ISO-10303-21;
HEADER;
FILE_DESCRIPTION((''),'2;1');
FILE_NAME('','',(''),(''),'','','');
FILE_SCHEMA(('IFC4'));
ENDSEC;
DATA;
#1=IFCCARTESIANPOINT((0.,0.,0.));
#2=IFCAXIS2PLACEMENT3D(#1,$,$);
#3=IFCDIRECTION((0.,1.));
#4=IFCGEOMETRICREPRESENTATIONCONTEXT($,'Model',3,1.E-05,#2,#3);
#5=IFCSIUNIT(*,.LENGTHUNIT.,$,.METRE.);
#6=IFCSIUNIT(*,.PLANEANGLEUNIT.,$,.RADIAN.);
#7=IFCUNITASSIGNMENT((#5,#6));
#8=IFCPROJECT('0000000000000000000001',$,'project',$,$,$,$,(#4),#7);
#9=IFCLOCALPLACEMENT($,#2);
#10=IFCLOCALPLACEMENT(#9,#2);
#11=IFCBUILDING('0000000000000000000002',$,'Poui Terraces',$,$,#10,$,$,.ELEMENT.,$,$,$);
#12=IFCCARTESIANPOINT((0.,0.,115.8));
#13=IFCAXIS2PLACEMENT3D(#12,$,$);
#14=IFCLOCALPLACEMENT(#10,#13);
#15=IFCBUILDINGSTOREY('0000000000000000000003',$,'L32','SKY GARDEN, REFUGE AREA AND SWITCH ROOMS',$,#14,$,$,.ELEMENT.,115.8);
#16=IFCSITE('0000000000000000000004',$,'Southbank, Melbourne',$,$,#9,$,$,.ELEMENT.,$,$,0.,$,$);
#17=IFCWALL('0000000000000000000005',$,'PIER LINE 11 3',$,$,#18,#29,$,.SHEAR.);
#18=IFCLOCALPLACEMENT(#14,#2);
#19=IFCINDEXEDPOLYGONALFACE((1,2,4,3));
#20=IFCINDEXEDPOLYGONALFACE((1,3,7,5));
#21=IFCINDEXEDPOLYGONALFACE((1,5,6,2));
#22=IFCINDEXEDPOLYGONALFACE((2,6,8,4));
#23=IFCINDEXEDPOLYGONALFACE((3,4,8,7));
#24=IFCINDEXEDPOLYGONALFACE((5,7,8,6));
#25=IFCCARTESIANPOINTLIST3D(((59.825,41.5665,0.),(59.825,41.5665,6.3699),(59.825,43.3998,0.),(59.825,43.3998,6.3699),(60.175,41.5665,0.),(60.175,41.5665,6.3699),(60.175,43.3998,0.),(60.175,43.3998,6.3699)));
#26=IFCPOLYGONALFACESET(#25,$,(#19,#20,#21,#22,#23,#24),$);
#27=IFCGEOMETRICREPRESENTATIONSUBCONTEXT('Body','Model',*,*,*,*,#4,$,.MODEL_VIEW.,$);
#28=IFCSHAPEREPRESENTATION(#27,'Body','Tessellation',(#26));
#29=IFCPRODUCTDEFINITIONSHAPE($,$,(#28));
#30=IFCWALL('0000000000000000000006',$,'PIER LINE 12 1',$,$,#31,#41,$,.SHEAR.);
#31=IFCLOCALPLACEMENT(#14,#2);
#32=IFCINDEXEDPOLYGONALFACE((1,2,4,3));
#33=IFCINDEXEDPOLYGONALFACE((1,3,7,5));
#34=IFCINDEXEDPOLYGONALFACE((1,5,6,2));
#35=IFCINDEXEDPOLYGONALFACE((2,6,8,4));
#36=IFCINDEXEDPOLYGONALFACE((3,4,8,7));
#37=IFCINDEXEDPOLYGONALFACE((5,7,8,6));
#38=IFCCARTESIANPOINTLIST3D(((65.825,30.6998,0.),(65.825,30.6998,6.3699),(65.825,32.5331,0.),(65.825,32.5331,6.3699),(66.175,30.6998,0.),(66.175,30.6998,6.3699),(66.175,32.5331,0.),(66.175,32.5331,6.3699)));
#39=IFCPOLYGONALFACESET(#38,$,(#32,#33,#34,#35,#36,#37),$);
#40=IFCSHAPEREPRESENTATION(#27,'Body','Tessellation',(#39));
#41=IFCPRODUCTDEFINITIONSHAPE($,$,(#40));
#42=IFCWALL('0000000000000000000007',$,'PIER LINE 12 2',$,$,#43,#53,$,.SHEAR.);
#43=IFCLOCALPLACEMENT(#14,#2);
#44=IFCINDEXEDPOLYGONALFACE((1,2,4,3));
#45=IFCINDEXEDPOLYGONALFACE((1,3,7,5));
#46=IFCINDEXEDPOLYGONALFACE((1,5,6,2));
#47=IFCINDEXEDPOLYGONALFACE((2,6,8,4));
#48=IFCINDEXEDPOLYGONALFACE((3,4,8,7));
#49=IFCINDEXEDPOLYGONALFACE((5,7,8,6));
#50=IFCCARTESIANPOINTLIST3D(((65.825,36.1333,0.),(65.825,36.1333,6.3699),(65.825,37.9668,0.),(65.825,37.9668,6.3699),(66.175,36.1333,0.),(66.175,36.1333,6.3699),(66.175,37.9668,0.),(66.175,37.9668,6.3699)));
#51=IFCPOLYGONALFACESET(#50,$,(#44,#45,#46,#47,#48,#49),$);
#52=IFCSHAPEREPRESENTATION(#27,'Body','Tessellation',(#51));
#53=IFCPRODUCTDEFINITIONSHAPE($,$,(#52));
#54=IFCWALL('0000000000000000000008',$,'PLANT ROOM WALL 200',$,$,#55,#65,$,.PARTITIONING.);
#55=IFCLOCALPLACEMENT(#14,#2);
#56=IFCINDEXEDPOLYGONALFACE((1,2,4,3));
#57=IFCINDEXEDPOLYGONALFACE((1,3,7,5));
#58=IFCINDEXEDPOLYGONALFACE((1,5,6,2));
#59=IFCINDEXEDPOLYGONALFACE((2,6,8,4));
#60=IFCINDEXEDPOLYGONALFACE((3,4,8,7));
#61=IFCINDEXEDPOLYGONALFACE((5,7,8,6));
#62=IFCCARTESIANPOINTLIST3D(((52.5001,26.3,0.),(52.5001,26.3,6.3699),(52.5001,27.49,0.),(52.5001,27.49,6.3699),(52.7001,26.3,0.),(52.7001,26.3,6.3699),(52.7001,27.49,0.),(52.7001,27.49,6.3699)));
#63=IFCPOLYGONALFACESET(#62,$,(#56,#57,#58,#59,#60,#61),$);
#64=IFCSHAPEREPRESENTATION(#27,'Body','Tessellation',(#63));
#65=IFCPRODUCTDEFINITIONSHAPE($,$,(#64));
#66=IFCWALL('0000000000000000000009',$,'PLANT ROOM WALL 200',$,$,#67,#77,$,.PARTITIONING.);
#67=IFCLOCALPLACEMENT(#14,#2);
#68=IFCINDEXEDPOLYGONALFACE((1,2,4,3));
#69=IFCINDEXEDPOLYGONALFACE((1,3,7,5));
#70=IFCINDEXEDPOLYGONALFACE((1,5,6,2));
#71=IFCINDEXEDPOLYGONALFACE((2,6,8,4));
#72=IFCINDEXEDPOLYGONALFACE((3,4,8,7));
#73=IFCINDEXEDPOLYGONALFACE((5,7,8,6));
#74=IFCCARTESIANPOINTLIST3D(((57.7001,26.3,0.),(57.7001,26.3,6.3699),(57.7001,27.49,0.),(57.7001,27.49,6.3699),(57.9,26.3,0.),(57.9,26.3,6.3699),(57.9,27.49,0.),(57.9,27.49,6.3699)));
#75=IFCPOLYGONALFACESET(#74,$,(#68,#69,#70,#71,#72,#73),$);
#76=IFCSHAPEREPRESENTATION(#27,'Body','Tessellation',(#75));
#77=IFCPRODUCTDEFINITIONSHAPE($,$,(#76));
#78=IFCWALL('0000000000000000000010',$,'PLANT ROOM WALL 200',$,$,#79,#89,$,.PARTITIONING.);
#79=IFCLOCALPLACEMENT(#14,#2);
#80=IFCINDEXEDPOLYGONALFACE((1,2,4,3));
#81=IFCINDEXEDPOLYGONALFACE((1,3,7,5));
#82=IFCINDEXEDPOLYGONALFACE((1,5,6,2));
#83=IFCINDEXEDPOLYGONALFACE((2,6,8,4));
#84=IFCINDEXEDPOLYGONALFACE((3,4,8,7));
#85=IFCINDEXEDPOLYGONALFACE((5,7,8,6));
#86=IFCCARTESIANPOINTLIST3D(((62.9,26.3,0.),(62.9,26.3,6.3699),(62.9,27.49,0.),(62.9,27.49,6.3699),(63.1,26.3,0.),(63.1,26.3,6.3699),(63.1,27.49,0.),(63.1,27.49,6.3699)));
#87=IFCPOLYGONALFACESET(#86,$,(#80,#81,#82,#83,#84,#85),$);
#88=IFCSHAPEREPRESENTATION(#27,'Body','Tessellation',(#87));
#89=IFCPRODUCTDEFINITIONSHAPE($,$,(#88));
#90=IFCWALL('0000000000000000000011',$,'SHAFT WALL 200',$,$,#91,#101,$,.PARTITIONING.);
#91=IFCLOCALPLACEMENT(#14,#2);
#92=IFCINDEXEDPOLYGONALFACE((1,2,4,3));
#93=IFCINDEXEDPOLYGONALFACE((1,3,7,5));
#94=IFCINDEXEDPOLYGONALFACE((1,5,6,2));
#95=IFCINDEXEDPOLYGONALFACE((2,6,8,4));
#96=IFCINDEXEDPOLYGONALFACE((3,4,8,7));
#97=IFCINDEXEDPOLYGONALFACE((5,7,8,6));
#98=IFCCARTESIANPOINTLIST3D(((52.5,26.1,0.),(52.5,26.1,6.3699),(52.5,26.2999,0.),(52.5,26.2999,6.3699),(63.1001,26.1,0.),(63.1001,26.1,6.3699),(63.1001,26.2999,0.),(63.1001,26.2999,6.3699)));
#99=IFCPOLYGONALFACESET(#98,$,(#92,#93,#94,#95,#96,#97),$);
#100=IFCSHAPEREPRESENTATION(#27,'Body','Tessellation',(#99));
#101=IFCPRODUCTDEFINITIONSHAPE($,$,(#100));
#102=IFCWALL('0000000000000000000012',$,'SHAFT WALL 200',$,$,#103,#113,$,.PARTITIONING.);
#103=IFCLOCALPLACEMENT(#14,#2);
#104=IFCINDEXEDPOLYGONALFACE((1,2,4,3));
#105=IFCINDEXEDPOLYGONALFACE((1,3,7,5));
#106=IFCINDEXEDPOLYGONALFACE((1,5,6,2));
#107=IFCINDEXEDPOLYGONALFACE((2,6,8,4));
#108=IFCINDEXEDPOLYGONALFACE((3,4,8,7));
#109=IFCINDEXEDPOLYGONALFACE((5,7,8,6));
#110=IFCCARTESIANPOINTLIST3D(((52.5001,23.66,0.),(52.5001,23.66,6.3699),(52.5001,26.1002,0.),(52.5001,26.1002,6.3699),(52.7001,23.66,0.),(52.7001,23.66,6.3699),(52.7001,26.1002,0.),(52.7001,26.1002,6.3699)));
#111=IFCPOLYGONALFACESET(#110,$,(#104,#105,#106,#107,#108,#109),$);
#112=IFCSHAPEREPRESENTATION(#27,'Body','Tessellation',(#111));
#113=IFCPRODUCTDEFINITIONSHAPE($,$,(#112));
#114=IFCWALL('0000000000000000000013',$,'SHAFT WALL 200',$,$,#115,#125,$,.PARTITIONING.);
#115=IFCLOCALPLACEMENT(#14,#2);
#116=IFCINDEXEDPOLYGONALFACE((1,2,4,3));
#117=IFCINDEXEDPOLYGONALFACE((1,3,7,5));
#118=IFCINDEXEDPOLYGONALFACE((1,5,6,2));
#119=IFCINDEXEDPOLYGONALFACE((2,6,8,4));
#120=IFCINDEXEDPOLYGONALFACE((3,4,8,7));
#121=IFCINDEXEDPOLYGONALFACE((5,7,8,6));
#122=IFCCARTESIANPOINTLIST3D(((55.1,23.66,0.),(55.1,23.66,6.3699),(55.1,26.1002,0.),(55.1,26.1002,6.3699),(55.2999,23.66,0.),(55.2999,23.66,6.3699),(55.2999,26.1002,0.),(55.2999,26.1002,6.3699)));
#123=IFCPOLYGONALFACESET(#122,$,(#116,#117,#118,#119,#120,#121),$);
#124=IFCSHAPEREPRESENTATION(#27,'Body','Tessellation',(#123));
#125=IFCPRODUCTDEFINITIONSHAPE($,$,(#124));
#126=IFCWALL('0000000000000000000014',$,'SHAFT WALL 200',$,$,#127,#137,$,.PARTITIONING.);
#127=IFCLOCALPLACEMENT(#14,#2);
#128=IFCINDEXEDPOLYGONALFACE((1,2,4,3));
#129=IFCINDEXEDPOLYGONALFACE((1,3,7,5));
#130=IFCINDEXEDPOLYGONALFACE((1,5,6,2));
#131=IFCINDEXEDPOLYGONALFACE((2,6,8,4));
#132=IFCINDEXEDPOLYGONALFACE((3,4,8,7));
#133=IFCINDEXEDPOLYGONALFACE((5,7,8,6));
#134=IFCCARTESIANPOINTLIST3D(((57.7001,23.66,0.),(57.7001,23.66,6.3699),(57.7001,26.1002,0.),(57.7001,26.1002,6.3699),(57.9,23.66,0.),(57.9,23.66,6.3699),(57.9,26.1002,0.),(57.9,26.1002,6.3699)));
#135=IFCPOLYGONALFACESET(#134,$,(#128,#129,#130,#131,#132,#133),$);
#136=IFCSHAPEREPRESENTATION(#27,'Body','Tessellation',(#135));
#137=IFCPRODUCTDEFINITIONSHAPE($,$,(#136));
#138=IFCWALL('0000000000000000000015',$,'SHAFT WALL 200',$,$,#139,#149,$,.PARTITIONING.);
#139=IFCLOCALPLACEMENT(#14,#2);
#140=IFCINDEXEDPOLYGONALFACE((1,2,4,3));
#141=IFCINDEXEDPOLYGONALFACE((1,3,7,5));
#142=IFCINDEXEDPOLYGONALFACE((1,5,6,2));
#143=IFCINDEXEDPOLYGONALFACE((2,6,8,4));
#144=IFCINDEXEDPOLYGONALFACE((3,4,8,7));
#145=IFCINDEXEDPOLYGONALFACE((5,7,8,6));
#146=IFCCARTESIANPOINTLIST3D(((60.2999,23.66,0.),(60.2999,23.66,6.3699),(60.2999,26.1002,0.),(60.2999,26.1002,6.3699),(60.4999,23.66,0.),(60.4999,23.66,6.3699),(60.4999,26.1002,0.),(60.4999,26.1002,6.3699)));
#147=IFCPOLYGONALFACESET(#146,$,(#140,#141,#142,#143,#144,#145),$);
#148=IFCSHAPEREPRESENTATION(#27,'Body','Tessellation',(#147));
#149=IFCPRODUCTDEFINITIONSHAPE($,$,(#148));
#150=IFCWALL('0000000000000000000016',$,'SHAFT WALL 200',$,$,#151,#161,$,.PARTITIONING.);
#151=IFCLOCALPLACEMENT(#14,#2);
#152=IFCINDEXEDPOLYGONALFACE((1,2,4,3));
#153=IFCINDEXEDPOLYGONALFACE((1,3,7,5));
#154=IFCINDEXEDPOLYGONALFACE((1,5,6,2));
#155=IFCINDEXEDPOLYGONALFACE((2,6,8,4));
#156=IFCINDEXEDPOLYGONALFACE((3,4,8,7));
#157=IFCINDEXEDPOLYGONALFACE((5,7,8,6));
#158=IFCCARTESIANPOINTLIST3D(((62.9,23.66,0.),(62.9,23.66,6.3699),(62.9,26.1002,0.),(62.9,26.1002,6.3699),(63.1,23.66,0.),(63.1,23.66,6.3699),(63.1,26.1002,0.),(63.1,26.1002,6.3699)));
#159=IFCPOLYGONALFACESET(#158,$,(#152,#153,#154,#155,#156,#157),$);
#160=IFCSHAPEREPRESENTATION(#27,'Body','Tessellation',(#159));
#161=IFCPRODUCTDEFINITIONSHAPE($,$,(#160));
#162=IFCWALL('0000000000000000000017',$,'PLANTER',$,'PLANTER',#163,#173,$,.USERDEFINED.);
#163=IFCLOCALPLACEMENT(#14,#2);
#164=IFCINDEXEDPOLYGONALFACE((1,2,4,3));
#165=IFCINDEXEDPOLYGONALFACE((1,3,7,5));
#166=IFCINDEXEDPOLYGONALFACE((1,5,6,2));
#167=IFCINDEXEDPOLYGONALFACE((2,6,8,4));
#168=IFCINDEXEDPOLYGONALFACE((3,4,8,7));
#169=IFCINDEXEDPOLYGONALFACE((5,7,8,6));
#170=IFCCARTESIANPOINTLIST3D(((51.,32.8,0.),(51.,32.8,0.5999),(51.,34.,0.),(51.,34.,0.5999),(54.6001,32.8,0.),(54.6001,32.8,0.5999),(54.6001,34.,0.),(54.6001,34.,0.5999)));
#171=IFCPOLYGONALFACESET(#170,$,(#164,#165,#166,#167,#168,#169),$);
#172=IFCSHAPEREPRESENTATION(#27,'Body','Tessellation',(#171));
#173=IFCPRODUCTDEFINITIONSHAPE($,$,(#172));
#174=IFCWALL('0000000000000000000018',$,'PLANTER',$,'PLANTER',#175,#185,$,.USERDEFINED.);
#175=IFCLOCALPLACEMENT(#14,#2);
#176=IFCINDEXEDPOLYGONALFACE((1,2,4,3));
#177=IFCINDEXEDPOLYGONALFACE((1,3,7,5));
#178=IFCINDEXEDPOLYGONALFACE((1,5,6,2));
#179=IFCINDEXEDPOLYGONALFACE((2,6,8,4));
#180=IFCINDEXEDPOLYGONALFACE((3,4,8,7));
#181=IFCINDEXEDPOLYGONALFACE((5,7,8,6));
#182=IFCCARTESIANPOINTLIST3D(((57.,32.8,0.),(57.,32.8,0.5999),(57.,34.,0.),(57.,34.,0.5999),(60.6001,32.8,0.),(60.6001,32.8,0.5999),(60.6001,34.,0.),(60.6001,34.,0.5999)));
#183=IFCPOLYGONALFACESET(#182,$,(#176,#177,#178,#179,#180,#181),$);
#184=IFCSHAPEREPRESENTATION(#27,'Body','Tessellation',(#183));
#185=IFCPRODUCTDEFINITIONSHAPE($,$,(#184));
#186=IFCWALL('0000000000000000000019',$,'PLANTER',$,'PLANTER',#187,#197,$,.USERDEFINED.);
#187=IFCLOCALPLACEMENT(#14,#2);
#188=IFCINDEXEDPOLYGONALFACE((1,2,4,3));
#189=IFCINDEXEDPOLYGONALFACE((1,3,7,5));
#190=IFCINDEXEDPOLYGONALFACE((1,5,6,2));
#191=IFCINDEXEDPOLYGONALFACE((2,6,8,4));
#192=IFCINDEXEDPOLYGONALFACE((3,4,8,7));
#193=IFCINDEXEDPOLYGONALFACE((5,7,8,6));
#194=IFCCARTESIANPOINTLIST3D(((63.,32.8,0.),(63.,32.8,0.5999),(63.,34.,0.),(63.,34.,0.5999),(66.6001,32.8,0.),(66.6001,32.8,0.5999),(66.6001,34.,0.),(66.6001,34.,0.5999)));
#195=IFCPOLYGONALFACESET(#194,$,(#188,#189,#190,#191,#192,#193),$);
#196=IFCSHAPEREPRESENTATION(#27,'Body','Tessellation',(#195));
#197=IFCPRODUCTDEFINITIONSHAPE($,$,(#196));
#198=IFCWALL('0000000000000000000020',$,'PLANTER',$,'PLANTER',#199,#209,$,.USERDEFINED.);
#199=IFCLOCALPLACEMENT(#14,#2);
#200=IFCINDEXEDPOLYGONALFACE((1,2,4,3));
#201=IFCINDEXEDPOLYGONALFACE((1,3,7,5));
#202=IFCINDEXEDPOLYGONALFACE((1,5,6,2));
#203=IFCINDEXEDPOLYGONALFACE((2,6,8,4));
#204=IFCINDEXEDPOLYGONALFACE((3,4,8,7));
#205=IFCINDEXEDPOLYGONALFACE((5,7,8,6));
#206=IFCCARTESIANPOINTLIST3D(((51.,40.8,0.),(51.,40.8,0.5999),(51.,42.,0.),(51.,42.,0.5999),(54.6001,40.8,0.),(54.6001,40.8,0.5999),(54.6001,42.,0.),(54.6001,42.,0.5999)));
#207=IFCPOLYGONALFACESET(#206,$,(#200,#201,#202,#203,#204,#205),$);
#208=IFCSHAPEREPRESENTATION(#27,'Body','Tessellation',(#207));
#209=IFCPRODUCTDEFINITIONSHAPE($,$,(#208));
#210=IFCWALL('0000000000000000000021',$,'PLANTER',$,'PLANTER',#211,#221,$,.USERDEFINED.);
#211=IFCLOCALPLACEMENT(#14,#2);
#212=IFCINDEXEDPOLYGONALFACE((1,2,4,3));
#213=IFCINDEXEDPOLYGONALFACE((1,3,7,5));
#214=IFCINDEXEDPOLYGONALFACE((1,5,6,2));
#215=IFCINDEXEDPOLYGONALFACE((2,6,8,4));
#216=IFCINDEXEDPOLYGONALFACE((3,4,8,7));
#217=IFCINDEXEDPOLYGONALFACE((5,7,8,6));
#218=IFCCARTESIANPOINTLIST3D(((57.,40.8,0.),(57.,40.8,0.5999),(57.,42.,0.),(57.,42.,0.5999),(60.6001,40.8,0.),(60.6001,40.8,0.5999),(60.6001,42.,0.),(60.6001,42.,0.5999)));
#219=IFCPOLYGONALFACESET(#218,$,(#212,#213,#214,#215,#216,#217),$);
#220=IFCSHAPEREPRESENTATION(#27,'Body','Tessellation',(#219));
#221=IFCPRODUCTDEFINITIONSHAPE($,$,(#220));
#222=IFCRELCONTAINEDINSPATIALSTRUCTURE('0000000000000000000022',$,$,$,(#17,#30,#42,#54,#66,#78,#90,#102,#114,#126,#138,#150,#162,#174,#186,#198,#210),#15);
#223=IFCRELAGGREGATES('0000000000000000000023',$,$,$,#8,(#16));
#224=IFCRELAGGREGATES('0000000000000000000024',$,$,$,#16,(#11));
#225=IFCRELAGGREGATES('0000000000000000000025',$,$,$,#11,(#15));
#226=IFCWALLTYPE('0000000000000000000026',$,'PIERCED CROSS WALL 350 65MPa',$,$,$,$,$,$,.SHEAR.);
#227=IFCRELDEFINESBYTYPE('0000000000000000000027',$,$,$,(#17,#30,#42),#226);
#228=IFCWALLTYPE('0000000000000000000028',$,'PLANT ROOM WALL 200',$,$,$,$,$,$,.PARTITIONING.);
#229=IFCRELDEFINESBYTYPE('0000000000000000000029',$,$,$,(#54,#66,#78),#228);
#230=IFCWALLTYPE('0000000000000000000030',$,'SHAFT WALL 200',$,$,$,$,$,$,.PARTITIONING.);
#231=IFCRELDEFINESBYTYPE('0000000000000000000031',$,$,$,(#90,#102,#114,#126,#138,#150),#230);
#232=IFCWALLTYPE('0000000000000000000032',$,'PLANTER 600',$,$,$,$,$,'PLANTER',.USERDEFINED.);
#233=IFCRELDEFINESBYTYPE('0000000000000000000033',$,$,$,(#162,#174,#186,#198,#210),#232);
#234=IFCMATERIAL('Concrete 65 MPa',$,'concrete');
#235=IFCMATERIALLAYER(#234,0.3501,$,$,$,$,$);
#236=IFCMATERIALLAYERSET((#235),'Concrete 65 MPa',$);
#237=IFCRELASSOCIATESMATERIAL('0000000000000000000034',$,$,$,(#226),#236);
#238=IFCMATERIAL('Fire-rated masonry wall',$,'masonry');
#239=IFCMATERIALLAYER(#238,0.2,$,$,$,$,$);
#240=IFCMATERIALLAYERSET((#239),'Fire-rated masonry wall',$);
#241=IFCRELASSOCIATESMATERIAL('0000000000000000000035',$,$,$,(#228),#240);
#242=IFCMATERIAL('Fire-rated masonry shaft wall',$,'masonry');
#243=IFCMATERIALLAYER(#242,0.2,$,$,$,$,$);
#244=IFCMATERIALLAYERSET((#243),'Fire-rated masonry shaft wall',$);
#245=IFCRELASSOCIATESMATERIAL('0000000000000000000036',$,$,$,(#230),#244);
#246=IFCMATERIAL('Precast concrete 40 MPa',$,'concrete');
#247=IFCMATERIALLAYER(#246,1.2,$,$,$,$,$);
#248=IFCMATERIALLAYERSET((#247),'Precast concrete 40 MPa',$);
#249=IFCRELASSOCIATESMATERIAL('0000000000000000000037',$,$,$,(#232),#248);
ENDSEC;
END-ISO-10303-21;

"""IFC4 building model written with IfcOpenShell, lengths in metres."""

from ifc_helpers import new_model, si_unit, direction, frame, frame_2d, origin, place, context, subcontext, project, spatial, polyline, rectangle, outline, extrude, source, transform, mapped, material, layer, layer_set, type_object, element, save


model = new_model("IFC4")

# Units and contexts
model_context = context("Model", 3, precision=1e-05, world=origin(), true_north=direction((0.0, 1.0)))
body_context = subcontext(model_context, "Body", "Model", "MODEL_VIEW")
ifc_project = project(units=[si_unit("LENGTHUNIT", "METRE"), si_unit("PLANEANGLEUNIT", "RADIAN")], contexts=[model_context])

# Site, building, storey
site_placement = place(None, origin())
site = spatial("IfcSite", under=ifc_project, at=site_placement, Name="Southbank, Melbourne", CompositionType="ELEMENT", RefElevation=0.0)
building_placement = place(site_placement, origin())
building = spatial("IfcBuilding", under=site, at=building_placement, Name="Poui Terraces", CompositionType="ELEMENT")
storey_placement = place(building_placement, frame((0.0, 0.0, 115.8)))
storey = spatial("IfcBuildingStorey", under=building, at=storey_placement, Name="L32", Description="SKY GARDEN, REFUGE AREA AND SWITCH ROOMS", CompositionType="ELEMENT", Elevation=115.8)

# Shared definitions
ifc_material_1 = material(Name="Concrete 65 MPa", Category="concrete")

# Walls
ifc_layer_1 = layer(ifc_material_1, 0.3501)
ifc_layer_set_1 = layer_set([ifc_layer_1], Name="Concrete 65 MPa")
wall_type_1 = type_object("IfcWallType", Name="PIERCED CROSS WALL 350 65MPa", PredefinedType="SHEAR", material=ifc_layer_set_1)
for number, where, z_axis, x_axis, name in (
    (1, (60.0, 41.5667, 0.0), (0.0, 0.0, 1.0), (0.0, 1.0, 0.0), "PIER LINE 11 3"),
    (2, (66.0, 30.7, 0.0), (0.0, 0.0, 1.0), (0.0, 1.0, 0.0), "PIER LINE 12 1"),
):
    element("IfcWall", number, at=place(storey_placement, frame(where, z_axis=z_axis, x_axis=x_axis)), inside=storey, type_object=wall_type_1, Name=name, PredefinedType="SHEAR", context=body_context, shape_type="SweptSolid", body=[
        extrude(rectangle(XDim=1.8333, YDim=0.3501, at=frame_2d((0.9165, 0.0))), origin(), (0.0, 0.0, 1.0), 6.3699),
    ])
wall_1_placement = place(storey_placement, frame((66.0, 36.1333, 0.0), z_axis=(0.0, 0.0, 1.0), x_axis=(0.0, 1.0, 0.0)))
element("IfcWall", 3, at=wall_1_placement, inside=storey, type_object=wall_type_1, Name="PIER LINE 12 2", PredefinedType="SHEAR", context=body_context, shape_type="SweptSolid", body=[
    extrude(rectangle(XDim=1.8335, YDim=0.3501, at=frame_2d((0.9167, 0.0))), origin(), (0.0, 0.0, 1.0), 6.3699),
])
ifc_material_2 = material(Name="Fire-rated masonry wall", Category="masonry")
ifc_layer_2 = layer(ifc_material_2, 0.2)
ifc_layer_set_2 = layer_set([ifc_layer_2], Name="Fire-rated masonry wall")
wall_type_2 = type_object("IfcWallType", Name="PLANT ROOM WALL 200", PredefinedType="PARTITIONING", material=ifc_layer_set_2)
for number, where, z_axis, x_axis, name in (
    (4, (52.6001, 26.3, 0.0), (0.0, 0.0, 1.0), (0.0, 1.0, 0.0), "PLANT ROOM WALL 200"),
    (5, (57.8, 26.3, 0.0), (0.0, 0.0, 1.0), (0.0, 1.0, 0.0), "PLANT ROOM WALL 200"),
    (6, (63.0, 26.3, 0.0), (0.0, 0.0, 1.0), (0.0, 1.0, 0.0), "PLANT ROOM WALL 200"),
):
    element("IfcWall", number, at=place(storey_placement, frame(where, z_axis=z_axis, x_axis=x_axis)), inside=storey, type_object=wall_type_2, Name=name, PredefinedType="PARTITIONING", context=body_context, shape_type="SweptSolid", body=[
        extrude(rectangle(XDim=1.1899, YDim=0.2, at=frame_2d((0.595, 0.0))), origin(), (0.0, 0.0, 1.0), 6.3699),
    ])
ifc_material_3 = material(Name="Fire-rated masonry shaft wall", Category="masonry")
ifc_layer_3 = layer(ifc_material_3, 0.2)
ifc_layer_set_3 = layer_set([ifc_layer_3], Name="Fire-rated masonry shaft wall")
wall_type_3 = type_object("IfcWallType", Name="SHAFT WALL 200", PredefinedType="PARTITIONING", material=ifc_layer_set_3)
wall_2_placement = place(storey_placement, frame((52.5, 26.2, 0.0), z_axis=(0.0, 0.0, 1.0), x_axis=(1.0, 0.0, 0.0)))
element("IfcWall", 7, at=wall_2_placement, inside=storey, type_object=wall_type_3, Name="SHAFT WALL 200", PredefinedType="PARTITIONING", context=body_context, shape_type="SweptSolid", body=[
    extrude(rectangle(XDim=10.6001, YDim=0.2, at=frame_2d((5.3, 0.0))), origin(), (0.0, 0.0, 1.0), 6.3699),
])
for number, where, z_axis, x_axis, name in (
    (8, (52.6001, 23.6599, 0.0), (0.0, 0.0, 1.0), (0.0, 1.0, 0.0), "SHAFT WALL 200"),
    (9, (55.2, 23.6599, 0.0), (0.0, 0.0, 1.0), (0.0, 1.0, 0.0), "SHAFT WALL 200"),
    (10, (57.8, 23.6599, 0.0), (0.0, 0.0, 1.0), (0.0, 1.0, 0.0), "SHAFT WALL 200"),
    (11, (60.3999, 23.6599, 0.0), (0.0, 0.0, 1.0), (0.0, 1.0, 0.0), "SHAFT WALL 200"),
    (12, (63.0, 23.6599, 0.0), (0.0, 0.0, 1.0), (0.0, 1.0, 0.0), "SHAFT WALL 200"),
):
    element("IfcWall", number, at=place(storey_placement, frame(where, z_axis=z_axis, x_axis=x_axis)), inside=storey, type_object=wall_type_3, Name=name, PredefinedType="PARTITIONING", context=body_context, shape_type="SweptSolid", body=[
        extrude(rectangle(XDim=2.4402, YDim=0.2, at=frame_2d((1.2202, 0.0))), origin(), (0.0, 0.0, 1.0), 6.3699),
    ])
ifc_material_4 = material(Name="Precast concrete 40 MPa", Category="concrete")
ifc_layer_4 = layer(ifc_material_4, 1.2)
ifc_layer_set_4 = layer_set([ifc_layer_4], Name="Precast concrete 40 MPa")
wall_type_4 = type_object("IfcWallType", Name="PLANTER 600", ElementType="PLANTER", PredefinedType="USERDEFINED", material=ifc_layer_set_4)
shared_shape_1 = source(origin(), body_context, "Body", "SweptSolid", [
    extrude(outline(polyline([(0.0, 0.0), (3.6001, 0.0), (3.6001, 1.2), (0.0, 1.2), (0.0, 0.0)])), origin(), (0.0, 0.0, 1.0), 0.5999),
])
for number, where, name in (
    (13, (51.0, 32.8, 0.0), "PLANTER"),
    (14, (57.0, 32.8, 0.0), "PLANTER"),
    (15, (63.0, 32.8, 0.0), "PLANTER"),
    (16, (51.0, 40.8, 0.0), "PLANTER"),
    (17, (57.0, 40.8, 0.0), "PLANTER"),
):
    element("IfcWall", number, at=place(storey_placement, frame(where)), inside=storey, type_object=wall_type_4, Name=name, ObjectType="PLANTER", PredefinedType="USERDEFINED", context=body_context, shape_type="MappedRepresentation", body=[
        mapped(shared_shape_1, transform((0.0, 0.0, 0.0))),
    ])

save(model, "model.ifc")
